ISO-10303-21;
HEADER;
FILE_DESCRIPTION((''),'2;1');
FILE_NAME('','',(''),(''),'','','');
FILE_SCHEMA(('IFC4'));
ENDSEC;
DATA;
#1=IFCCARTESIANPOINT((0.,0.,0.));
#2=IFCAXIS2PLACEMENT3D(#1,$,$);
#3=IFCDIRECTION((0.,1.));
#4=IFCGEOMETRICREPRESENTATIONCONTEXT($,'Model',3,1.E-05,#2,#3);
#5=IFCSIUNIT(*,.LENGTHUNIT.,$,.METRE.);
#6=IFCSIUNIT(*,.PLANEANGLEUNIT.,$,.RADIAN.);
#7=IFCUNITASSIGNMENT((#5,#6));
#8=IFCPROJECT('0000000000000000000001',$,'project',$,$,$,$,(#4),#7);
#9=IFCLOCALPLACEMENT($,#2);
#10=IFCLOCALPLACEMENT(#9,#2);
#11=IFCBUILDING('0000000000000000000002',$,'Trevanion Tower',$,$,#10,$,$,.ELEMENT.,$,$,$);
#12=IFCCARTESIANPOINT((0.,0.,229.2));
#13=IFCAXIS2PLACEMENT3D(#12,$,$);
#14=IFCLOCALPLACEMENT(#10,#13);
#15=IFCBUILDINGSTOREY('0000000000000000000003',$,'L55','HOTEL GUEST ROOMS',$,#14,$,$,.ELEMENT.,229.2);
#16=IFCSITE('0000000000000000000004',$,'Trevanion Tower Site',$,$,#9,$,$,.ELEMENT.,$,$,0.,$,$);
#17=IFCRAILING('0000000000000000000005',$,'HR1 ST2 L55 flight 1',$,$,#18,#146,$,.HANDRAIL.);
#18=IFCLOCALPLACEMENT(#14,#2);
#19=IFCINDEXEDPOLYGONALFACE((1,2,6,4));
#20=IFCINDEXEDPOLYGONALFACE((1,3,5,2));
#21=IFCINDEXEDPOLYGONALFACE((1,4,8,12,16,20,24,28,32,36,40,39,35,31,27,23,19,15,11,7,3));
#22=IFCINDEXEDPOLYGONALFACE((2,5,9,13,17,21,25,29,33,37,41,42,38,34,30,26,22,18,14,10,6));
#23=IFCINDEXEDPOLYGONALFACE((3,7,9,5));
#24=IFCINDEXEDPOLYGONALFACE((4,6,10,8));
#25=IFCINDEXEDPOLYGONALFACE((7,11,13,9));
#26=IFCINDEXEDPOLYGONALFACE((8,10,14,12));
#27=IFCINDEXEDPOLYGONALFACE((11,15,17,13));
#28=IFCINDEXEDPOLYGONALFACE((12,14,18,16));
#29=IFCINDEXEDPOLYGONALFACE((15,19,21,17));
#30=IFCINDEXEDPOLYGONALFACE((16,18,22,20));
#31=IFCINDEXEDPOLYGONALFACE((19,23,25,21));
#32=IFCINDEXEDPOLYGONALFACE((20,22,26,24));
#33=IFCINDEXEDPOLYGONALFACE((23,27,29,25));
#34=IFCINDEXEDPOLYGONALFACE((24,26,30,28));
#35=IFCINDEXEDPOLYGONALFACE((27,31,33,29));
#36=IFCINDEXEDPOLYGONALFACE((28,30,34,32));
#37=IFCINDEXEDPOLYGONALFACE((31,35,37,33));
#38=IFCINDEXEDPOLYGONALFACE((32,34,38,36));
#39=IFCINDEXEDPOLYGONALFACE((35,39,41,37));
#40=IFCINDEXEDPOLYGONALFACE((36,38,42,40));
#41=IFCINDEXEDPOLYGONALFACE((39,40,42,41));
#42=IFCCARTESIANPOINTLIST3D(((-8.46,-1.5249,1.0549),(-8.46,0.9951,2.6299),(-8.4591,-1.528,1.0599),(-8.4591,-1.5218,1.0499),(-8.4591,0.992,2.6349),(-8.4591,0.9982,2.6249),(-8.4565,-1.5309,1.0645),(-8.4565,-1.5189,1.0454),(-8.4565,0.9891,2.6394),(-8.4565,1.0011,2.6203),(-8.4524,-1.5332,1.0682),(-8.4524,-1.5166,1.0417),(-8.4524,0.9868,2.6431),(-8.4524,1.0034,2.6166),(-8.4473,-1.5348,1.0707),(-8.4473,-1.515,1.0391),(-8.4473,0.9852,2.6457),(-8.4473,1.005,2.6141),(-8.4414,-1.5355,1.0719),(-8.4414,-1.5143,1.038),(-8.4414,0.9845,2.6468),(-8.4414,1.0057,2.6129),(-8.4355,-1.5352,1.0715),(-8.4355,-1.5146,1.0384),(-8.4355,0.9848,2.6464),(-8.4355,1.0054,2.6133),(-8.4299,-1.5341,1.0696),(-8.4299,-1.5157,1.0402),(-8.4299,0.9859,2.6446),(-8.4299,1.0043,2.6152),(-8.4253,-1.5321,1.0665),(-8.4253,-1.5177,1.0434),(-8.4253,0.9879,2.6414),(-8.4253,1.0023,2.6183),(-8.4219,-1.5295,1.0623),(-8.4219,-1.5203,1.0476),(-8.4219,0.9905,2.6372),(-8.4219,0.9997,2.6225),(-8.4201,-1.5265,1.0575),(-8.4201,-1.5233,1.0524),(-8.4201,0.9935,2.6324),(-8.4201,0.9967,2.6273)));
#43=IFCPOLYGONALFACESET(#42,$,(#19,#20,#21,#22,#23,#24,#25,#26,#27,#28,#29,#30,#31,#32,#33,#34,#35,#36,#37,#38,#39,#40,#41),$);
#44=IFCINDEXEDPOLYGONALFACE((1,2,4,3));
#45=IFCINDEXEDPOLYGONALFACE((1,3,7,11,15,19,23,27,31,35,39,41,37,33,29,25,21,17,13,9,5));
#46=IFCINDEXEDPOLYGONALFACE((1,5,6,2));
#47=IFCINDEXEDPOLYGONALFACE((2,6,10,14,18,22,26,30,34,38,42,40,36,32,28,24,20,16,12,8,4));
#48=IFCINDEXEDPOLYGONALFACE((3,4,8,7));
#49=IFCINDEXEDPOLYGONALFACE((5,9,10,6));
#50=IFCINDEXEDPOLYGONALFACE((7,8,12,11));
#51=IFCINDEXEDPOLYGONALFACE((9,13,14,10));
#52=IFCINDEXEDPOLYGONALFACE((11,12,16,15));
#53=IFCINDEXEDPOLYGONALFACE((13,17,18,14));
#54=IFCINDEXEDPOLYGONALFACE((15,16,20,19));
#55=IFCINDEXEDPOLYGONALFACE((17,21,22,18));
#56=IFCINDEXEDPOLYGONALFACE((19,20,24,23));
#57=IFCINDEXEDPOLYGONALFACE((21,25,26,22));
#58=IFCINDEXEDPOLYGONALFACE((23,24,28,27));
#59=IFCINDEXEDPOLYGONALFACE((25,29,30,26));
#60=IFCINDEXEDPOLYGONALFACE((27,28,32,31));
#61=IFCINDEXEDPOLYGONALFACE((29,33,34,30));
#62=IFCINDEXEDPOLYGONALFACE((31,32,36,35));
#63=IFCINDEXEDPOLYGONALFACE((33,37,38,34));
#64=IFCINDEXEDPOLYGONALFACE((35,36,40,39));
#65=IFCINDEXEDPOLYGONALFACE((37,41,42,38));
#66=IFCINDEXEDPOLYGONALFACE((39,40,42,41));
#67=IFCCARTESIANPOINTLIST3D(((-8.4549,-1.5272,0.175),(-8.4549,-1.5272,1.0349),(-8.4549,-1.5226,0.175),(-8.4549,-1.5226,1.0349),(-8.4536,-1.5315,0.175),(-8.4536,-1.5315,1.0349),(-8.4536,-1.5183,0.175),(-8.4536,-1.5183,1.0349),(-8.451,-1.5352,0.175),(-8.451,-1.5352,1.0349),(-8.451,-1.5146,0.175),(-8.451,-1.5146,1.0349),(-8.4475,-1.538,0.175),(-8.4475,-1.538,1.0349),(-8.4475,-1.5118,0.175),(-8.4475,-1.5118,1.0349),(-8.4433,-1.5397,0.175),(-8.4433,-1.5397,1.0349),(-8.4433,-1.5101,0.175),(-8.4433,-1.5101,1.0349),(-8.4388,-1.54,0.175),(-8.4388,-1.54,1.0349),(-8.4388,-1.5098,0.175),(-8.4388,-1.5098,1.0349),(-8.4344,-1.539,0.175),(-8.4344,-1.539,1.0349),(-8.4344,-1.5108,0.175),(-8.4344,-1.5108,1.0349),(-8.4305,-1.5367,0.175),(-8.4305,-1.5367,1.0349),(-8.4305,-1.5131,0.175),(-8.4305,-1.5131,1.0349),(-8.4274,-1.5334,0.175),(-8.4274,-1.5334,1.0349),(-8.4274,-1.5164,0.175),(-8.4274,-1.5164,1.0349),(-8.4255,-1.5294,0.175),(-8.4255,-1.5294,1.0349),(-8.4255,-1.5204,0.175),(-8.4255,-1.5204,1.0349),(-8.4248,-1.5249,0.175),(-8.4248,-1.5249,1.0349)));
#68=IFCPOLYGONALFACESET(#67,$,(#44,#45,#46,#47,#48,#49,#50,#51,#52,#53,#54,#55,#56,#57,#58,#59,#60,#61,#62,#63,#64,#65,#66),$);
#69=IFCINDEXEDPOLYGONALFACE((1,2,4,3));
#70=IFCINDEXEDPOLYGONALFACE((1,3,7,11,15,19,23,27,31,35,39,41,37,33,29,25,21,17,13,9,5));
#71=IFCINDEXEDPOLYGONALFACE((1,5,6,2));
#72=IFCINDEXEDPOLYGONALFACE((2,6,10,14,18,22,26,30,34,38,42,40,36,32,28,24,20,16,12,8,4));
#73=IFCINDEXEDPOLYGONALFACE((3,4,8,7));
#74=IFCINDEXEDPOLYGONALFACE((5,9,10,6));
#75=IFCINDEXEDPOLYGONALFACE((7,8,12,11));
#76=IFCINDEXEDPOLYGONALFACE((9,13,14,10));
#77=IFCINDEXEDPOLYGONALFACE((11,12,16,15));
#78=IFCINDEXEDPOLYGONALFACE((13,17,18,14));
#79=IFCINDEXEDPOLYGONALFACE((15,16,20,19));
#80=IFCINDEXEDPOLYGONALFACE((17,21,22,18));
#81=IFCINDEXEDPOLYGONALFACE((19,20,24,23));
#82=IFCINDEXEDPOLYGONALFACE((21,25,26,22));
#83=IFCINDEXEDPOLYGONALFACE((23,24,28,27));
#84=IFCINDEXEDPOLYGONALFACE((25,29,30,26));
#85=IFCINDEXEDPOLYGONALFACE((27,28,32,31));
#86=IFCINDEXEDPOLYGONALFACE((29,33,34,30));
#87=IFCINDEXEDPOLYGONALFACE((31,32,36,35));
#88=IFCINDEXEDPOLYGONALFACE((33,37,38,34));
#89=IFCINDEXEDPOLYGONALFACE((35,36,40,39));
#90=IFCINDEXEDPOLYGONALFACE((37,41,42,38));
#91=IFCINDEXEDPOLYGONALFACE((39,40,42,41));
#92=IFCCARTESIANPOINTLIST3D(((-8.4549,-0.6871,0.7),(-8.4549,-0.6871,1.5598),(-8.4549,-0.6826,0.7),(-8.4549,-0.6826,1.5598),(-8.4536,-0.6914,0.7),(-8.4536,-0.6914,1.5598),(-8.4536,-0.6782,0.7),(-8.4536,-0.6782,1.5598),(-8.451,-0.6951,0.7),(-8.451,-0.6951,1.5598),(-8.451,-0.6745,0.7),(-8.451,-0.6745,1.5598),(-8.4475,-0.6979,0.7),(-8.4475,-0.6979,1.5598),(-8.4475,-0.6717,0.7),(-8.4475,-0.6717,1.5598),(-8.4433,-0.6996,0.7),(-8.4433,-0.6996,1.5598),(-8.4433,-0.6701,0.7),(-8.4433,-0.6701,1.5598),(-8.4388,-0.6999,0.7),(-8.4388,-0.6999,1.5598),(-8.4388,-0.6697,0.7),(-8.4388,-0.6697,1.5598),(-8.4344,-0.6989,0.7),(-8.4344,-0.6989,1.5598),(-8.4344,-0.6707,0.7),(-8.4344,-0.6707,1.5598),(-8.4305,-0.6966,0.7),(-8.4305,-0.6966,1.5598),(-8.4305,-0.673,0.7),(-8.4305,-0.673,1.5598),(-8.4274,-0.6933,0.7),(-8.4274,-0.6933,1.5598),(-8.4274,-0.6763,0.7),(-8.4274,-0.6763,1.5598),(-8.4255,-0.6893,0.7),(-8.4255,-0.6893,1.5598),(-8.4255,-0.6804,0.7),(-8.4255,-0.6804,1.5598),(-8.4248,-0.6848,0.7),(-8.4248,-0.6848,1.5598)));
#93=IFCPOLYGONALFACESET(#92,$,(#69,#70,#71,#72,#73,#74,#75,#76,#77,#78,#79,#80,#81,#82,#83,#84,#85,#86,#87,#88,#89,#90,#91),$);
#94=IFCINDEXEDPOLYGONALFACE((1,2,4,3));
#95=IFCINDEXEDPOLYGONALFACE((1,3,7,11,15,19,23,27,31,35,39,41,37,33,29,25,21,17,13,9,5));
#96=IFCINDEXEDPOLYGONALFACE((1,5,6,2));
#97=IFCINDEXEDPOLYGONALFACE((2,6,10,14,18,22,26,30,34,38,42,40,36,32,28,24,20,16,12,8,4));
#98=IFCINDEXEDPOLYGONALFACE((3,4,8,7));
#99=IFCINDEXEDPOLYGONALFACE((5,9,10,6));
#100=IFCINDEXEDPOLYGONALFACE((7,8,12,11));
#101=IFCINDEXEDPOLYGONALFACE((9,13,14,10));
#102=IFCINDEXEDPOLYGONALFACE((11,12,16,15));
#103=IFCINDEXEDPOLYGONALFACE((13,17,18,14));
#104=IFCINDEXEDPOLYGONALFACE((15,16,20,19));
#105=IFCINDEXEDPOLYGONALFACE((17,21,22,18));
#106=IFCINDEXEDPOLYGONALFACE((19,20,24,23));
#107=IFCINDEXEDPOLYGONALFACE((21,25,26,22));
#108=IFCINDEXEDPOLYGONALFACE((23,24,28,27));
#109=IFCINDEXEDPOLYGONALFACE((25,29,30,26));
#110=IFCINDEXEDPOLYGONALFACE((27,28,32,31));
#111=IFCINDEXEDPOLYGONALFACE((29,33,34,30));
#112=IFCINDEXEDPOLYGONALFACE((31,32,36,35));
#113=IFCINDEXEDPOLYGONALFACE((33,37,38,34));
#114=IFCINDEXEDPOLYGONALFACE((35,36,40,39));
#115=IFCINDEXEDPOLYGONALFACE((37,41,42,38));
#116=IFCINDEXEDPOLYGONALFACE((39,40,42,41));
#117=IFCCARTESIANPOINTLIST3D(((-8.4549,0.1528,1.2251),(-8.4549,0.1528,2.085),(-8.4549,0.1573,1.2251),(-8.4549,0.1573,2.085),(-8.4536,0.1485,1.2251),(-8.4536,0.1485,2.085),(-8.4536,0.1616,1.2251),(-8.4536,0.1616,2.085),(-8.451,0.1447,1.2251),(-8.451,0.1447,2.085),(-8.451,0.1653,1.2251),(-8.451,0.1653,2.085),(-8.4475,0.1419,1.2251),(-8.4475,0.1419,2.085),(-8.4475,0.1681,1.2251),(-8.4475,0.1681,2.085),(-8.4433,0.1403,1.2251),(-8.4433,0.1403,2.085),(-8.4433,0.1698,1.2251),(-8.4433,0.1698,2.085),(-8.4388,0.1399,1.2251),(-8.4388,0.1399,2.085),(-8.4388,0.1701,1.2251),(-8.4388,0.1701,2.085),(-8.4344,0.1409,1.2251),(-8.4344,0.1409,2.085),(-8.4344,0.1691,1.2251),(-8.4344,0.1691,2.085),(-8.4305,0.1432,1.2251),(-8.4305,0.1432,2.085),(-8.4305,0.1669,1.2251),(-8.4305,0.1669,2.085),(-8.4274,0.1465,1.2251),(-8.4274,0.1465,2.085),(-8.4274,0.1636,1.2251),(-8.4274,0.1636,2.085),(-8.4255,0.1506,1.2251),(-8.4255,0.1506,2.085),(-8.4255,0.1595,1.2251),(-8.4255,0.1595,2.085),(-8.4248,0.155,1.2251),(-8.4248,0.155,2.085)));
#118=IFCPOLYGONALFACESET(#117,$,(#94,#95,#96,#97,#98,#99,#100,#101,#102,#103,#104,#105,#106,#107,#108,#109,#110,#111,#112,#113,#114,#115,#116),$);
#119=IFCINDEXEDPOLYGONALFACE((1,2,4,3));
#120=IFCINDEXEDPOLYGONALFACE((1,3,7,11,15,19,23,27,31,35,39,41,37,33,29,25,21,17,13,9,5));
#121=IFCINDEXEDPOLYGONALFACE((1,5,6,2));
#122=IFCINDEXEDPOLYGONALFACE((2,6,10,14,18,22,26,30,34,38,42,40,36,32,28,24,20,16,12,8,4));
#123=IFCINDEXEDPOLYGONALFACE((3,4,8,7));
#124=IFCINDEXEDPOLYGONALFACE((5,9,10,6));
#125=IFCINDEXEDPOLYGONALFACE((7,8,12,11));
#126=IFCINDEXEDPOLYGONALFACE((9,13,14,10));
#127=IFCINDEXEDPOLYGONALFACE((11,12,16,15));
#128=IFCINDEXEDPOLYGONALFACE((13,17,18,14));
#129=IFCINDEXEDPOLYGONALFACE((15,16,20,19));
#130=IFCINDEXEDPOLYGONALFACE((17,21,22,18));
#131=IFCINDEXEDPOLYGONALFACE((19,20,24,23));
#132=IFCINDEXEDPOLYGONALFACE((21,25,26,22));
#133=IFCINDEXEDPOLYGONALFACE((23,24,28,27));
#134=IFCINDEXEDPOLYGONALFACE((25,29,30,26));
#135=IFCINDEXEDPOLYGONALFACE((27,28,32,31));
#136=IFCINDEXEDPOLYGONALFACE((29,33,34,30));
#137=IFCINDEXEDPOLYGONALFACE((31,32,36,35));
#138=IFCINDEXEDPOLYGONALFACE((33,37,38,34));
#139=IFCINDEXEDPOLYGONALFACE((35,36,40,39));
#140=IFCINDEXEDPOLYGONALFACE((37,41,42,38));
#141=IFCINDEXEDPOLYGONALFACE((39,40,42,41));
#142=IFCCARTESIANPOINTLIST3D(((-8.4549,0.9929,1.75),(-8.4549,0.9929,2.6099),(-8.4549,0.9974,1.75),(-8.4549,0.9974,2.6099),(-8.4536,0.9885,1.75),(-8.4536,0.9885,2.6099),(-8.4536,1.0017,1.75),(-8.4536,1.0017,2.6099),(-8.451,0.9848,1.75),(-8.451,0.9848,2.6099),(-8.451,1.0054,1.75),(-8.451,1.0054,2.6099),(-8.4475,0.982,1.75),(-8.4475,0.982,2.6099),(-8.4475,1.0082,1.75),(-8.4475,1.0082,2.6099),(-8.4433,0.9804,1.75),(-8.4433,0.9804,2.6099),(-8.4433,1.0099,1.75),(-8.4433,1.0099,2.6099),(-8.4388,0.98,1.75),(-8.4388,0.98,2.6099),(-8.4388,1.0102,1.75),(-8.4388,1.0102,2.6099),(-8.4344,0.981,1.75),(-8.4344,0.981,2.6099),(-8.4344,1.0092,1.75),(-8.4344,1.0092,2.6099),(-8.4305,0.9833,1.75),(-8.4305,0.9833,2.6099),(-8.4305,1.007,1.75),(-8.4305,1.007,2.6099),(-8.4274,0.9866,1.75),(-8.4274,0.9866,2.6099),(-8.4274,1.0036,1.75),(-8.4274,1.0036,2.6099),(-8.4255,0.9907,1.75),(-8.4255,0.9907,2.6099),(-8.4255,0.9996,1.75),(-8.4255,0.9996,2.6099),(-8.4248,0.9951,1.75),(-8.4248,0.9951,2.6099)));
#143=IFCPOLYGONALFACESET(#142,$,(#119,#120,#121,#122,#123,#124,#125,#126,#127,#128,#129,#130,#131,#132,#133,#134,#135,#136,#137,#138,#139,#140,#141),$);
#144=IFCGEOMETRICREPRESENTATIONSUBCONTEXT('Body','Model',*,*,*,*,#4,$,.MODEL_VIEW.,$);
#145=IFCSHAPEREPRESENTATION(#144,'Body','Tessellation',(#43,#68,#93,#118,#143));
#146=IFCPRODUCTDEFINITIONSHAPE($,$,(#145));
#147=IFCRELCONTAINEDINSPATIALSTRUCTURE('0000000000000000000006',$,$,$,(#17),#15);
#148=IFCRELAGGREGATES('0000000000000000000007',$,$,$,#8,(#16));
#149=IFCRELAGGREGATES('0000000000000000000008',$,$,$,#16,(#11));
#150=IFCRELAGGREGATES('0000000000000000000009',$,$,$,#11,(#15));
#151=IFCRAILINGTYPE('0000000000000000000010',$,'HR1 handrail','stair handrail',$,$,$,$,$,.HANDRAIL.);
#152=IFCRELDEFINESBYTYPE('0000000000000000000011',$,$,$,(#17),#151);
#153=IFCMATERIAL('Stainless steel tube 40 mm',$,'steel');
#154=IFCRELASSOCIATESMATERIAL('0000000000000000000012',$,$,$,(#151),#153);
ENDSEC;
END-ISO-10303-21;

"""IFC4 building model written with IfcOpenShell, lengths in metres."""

from ifc_helpers import new_model, si_unit, direction, frame, origin, origin_2d, place, context, subcontext, project, spatial, circle, extrude, material, type_object, element, save


model = new_model("IFC4")

# Units and contexts
model_context = context("Model", 3, precision=1e-05, world=origin(), true_north=direction((0.0, 1.0)))
body_context = subcontext(model_context, "Body", "Model", "MODEL_VIEW")
ifc_project = project(units=[si_unit("LENGTHUNIT", "METRE"), si_unit("PLANEANGLEUNIT", "RADIAN")], contexts=[model_context])

# Site, building, storey
site_placement = place(None, origin())
site = spatial("IfcSite", under=ifc_project, at=site_placement, Name="Trevanion Tower Site", CompositionType="ELEMENT", RefElevation=0.0)
building_placement = place(site_placement, origin())
building = spatial("IfcBuilding", under=site, at=building_placement, Name="Trevanion Tower", CompositionType="ELEMENT")
storey_placement = place(building_placement, frame((0.0, 0.0, 229.2)))
storey = spatial("IfcBuildingStorey", under=building, at=storey_placement, Name="L55", Description="HOTEL GUEST ROOMS", CompositionType="ELEMENT", Elevation=229.2)

# Railing
ifc_material_1 = material(Name="Stainless steel tube 40 mm", Category="steel")
railing_type = type_object("IfcRailingType", Name="HR1 handrail", Description="stair handrail", PredefinedType="HANDRAIL", material=ifc_material_1)
for number, where, name in (
    (1, (-8.4399, -1.5249, 0.175), "HR1 ST2 L55 flight 1"),
):
    element("IfcRailing", number, at=place(storey_placement, frame(where)), inside=storey, type_object=railing_type, Name=name, PredefinedType="HANDRAIL", context=body_context, shape_type="SweptSolid", body=[
        extrude(circle(Radius=0.02, at=origin_2d()), frame((0.0, 0.0, 0.8799), z_axis=(0.0, 0.848008, 0.529984), x_axis=(-1.0, 0.0, 0.0)), (0.0, 0.0, 1.0), 2.9717),
        extrude(circle(Radius=0.0151, at=origin_2d()), origin(), (0.0, 0.0, 1.0), 0.8599),
        extrude(circle(Radius=0.0151, at=origin_2d()), frame((0.0, 0.8401, 0.5249)), (0.0, 0.0, 1.0), 0.8599),
        extrude(circle(Radius=0.0151, at=origin_2d()), frame((0.0, 1.6799, 1.05)), (0.0, 0.0, 1.0), 0.8599),
        extrude(circle(Radius=0.0151, at=origin_2d()), frame((0.0, 2.52, 1.575)), (0.0, 0.0, 1.0), 0.8599),
    ])

save(model, "model.ifc")
